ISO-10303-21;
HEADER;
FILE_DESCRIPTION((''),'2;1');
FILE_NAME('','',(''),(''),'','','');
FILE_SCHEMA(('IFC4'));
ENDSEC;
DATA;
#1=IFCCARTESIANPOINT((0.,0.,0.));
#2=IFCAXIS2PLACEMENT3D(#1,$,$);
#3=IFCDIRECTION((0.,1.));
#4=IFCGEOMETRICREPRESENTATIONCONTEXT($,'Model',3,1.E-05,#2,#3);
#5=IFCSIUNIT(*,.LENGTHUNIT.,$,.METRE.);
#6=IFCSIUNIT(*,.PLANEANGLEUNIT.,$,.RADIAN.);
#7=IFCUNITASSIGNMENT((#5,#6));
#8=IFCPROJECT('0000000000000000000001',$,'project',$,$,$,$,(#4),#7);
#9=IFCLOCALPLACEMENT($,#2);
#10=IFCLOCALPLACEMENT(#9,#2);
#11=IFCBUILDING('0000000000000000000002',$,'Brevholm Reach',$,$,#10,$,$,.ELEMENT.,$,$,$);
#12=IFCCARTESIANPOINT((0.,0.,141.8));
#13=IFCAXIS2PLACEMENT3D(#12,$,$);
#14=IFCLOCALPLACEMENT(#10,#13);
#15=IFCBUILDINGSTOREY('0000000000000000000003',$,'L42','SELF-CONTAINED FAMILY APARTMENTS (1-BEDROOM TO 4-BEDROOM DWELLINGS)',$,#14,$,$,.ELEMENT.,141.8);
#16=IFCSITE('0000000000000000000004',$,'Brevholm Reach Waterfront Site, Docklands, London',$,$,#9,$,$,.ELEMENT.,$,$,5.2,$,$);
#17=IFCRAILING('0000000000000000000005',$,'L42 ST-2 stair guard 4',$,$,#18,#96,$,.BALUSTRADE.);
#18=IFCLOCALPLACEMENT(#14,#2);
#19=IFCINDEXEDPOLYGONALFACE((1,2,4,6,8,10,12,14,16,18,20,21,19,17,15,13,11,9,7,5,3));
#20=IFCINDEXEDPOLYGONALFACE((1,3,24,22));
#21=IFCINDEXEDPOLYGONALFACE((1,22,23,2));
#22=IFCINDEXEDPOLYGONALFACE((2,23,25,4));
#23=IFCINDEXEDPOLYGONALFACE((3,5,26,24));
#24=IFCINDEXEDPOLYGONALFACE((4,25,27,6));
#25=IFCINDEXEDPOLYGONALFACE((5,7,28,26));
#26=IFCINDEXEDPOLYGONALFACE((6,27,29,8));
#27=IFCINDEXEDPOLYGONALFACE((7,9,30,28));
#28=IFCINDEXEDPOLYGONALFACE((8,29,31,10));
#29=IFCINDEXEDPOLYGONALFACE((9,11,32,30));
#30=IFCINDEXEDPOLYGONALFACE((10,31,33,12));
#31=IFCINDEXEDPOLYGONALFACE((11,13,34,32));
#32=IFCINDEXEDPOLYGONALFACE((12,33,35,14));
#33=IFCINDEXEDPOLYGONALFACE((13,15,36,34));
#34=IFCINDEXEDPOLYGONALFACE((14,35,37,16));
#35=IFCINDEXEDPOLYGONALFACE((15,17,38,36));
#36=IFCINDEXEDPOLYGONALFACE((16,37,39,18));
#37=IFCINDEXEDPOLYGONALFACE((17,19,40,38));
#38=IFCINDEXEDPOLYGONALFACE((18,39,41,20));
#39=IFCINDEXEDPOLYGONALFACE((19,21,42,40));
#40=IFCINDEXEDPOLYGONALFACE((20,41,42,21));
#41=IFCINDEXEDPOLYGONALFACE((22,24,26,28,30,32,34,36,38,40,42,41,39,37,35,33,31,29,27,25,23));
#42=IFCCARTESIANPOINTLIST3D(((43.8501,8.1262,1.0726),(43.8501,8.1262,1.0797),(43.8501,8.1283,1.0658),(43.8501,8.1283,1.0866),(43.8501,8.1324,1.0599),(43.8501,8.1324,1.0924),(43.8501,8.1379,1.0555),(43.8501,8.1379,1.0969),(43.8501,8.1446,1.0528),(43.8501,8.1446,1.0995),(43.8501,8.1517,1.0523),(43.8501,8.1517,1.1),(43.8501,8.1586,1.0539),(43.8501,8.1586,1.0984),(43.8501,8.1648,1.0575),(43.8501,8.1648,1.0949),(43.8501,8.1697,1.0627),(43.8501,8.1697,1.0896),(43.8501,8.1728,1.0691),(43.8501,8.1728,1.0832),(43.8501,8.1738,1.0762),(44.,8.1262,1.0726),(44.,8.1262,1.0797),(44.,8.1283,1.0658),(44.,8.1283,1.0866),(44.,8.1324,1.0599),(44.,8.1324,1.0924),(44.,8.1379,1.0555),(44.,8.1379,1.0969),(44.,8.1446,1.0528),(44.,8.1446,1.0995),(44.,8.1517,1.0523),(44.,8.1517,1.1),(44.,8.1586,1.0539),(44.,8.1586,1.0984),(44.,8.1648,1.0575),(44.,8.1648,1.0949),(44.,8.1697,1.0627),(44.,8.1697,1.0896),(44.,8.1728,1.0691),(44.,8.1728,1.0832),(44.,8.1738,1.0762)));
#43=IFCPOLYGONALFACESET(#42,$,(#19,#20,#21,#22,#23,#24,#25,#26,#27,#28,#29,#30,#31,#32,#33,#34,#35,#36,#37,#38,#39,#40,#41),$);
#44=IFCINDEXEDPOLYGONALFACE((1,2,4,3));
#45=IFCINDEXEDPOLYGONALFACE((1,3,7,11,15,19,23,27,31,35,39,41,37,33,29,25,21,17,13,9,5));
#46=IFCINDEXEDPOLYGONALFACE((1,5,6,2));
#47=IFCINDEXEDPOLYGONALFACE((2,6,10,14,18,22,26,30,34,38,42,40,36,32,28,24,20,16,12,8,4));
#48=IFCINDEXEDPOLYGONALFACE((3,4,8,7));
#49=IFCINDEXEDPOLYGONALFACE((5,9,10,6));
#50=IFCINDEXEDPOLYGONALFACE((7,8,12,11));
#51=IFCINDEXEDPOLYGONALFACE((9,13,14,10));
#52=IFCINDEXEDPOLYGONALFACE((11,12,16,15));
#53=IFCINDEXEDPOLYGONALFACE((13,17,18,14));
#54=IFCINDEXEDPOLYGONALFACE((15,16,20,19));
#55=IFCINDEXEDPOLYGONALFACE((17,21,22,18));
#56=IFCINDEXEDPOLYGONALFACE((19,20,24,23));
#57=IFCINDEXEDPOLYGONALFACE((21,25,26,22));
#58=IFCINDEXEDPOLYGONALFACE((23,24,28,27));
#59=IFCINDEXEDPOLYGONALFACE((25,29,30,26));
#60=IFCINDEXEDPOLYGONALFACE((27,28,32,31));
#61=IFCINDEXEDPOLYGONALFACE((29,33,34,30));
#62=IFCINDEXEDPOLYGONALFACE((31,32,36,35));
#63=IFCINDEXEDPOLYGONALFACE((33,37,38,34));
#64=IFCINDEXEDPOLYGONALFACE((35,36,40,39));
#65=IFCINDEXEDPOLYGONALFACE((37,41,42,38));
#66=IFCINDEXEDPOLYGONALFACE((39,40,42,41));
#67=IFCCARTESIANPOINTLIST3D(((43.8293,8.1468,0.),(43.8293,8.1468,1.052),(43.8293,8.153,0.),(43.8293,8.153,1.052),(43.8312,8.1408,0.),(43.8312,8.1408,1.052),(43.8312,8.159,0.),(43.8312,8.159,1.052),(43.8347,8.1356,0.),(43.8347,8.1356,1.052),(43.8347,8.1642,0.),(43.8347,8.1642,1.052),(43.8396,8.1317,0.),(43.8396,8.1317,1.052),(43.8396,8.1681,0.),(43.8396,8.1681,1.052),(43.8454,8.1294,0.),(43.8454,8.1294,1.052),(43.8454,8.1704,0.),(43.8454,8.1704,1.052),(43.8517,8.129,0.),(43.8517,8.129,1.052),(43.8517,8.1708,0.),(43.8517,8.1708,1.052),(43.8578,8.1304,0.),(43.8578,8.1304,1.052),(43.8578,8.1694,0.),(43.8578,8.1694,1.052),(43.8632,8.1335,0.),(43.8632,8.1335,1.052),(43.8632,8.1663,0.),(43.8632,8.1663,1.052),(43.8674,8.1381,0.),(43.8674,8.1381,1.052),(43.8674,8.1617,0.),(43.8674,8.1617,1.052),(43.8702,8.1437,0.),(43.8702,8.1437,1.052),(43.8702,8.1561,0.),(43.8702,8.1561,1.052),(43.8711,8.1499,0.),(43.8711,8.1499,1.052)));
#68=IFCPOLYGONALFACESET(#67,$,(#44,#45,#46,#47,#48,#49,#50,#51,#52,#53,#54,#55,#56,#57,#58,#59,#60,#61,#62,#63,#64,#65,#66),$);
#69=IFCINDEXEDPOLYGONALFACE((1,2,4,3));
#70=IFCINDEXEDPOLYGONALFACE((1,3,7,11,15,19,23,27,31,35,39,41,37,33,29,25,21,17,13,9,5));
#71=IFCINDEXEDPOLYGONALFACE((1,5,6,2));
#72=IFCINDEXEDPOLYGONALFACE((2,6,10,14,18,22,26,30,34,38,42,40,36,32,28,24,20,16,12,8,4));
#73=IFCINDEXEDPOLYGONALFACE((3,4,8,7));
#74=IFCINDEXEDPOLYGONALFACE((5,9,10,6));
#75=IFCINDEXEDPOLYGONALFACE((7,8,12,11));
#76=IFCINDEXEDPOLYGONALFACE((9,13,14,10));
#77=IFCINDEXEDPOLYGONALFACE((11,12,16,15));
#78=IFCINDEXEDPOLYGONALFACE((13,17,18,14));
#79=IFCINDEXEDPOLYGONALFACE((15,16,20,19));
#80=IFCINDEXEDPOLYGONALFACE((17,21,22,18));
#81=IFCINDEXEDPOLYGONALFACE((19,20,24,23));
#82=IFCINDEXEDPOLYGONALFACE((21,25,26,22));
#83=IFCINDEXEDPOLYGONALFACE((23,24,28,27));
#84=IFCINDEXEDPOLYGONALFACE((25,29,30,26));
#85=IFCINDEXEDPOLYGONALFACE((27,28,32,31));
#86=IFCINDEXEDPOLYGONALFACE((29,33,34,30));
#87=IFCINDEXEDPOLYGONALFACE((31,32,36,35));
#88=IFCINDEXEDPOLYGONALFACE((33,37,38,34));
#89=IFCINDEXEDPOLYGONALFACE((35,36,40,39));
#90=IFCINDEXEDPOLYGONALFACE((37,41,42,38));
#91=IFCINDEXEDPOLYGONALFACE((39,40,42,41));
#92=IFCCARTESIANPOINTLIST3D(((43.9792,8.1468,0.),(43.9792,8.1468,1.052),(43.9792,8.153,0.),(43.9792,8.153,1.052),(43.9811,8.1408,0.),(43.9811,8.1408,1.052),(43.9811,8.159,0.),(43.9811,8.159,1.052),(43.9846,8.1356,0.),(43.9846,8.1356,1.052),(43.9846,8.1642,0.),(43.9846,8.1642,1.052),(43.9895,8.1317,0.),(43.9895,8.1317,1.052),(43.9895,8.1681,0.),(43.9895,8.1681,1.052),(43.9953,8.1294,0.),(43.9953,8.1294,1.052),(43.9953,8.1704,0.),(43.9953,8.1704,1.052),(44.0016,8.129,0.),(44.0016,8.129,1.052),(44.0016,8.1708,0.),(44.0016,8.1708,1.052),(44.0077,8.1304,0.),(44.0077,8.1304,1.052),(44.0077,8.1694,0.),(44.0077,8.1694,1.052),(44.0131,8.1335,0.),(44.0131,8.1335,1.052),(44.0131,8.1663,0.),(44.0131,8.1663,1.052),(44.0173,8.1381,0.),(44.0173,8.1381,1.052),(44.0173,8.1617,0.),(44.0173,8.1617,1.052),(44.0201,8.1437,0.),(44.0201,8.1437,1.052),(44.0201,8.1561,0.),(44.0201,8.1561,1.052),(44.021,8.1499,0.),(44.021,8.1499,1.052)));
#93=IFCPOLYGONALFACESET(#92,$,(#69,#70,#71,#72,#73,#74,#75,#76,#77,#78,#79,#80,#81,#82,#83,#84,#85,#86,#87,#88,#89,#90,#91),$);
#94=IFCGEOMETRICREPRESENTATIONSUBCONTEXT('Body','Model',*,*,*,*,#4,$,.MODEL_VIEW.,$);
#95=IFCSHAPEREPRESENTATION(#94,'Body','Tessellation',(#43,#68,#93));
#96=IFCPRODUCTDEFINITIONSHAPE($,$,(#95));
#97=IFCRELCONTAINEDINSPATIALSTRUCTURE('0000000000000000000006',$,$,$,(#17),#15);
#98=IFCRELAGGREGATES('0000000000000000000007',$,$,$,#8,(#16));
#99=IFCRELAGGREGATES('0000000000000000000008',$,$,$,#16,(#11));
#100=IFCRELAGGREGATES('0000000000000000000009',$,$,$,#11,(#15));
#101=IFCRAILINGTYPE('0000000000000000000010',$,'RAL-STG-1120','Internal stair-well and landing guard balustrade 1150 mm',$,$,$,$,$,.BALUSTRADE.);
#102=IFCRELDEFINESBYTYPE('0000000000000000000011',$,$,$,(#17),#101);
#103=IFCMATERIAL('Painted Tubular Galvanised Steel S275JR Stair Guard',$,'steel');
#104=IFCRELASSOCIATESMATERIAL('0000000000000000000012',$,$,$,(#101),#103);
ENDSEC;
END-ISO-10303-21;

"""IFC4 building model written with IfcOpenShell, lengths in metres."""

from ifc_helpers import new_model, si_unit, direction, frame, origin, origin_2d, place, context, subcontext, project, spatial, circle, extrude, material, type_object, element, save


model = new_model("IFC4")

# Units and contexts
model_context = context("Model", 3, precision=1e-05, world=origin(), true_north=direction((0.0, 1.0)))
body_context = subcontext(model_context, "Body", "Model", "MODEL_VIEW")
ifc_project = project(units=[si_unit("LENGTHUNIT", "METRE"), si_unit("PLANEANGLEUNIT", "RADIAN")], contexts=[model_context])

# Site, building, storey
site_placement = place(None, origin())
site = spatial("IfcSite", under=ifc_project, at=site_placement, Name="Brevholm Reach Waterfront Site, Docklands, London", CompositionType="ELEMENT", RefElevation=5.2)
building_placement = place(site_placement, origin())
building = spatial("IfcBuilding", under=site, at=building_placement, Name="Brevholm Reach", CompositionType="ELEMENT")
storey_placement = place(building_placement, frame((0.0, 0.0, 141.8)))
storey = spatial("IfcBuildingStorey", under=building, at=storey_placement, Name="L42", Description="SELF-CONTAINED FAMILY APARTMENTS (1-BEDROOM TO 4-BEDROOM DWELLINGS)", CompositionType="ELEMENT", Elevation=141.8)

# Railing
ifc_material_1 = material(Name="Painted Tubular Galvanised Steel S275JR Stair Guard", Category="steel")
railing_type_1 = type_object("IfcRailingType", Name="RAL-STG-1120", Description="Internal stair-well and landing guard balustrade 1150 mm", PredefinedType="BALUSTRADE", material=ifc_material_1)
railing_1_placement = place(storey_placement, frame((43.8501, 8.1499, 0.0)))
element("IfcRailing", 1, at=railing_1_placement, inside=storey, type_object=railing_type_1, Name="L42 ST-2 stair guard 4", PredefinedType="BALUSTRADE", context=body_context, shape_type="SweptSolid", body=[
    extrude(circle(Radius=0.0239, at=origin_2d()), frame((0.0, 0.0, 1.0762), z_axis=(1.0, 0.0, 0.0), x_axis=(0.0, 1.0, 0.0)), (0.0, 0.0, 1.0), 0.1499),
    extrude(circle(Radius=0.021, at=origin_2d()), origin(), (0.0, 0.0, 1.0), 1.052),
    extrude(circle(Radius=0.021, at=origin_2d()), frame((0.1499, 0.0, 0.0)), (0.0, 0.0, 1.0), 1.052),
])

save(model, "model.ifc")
